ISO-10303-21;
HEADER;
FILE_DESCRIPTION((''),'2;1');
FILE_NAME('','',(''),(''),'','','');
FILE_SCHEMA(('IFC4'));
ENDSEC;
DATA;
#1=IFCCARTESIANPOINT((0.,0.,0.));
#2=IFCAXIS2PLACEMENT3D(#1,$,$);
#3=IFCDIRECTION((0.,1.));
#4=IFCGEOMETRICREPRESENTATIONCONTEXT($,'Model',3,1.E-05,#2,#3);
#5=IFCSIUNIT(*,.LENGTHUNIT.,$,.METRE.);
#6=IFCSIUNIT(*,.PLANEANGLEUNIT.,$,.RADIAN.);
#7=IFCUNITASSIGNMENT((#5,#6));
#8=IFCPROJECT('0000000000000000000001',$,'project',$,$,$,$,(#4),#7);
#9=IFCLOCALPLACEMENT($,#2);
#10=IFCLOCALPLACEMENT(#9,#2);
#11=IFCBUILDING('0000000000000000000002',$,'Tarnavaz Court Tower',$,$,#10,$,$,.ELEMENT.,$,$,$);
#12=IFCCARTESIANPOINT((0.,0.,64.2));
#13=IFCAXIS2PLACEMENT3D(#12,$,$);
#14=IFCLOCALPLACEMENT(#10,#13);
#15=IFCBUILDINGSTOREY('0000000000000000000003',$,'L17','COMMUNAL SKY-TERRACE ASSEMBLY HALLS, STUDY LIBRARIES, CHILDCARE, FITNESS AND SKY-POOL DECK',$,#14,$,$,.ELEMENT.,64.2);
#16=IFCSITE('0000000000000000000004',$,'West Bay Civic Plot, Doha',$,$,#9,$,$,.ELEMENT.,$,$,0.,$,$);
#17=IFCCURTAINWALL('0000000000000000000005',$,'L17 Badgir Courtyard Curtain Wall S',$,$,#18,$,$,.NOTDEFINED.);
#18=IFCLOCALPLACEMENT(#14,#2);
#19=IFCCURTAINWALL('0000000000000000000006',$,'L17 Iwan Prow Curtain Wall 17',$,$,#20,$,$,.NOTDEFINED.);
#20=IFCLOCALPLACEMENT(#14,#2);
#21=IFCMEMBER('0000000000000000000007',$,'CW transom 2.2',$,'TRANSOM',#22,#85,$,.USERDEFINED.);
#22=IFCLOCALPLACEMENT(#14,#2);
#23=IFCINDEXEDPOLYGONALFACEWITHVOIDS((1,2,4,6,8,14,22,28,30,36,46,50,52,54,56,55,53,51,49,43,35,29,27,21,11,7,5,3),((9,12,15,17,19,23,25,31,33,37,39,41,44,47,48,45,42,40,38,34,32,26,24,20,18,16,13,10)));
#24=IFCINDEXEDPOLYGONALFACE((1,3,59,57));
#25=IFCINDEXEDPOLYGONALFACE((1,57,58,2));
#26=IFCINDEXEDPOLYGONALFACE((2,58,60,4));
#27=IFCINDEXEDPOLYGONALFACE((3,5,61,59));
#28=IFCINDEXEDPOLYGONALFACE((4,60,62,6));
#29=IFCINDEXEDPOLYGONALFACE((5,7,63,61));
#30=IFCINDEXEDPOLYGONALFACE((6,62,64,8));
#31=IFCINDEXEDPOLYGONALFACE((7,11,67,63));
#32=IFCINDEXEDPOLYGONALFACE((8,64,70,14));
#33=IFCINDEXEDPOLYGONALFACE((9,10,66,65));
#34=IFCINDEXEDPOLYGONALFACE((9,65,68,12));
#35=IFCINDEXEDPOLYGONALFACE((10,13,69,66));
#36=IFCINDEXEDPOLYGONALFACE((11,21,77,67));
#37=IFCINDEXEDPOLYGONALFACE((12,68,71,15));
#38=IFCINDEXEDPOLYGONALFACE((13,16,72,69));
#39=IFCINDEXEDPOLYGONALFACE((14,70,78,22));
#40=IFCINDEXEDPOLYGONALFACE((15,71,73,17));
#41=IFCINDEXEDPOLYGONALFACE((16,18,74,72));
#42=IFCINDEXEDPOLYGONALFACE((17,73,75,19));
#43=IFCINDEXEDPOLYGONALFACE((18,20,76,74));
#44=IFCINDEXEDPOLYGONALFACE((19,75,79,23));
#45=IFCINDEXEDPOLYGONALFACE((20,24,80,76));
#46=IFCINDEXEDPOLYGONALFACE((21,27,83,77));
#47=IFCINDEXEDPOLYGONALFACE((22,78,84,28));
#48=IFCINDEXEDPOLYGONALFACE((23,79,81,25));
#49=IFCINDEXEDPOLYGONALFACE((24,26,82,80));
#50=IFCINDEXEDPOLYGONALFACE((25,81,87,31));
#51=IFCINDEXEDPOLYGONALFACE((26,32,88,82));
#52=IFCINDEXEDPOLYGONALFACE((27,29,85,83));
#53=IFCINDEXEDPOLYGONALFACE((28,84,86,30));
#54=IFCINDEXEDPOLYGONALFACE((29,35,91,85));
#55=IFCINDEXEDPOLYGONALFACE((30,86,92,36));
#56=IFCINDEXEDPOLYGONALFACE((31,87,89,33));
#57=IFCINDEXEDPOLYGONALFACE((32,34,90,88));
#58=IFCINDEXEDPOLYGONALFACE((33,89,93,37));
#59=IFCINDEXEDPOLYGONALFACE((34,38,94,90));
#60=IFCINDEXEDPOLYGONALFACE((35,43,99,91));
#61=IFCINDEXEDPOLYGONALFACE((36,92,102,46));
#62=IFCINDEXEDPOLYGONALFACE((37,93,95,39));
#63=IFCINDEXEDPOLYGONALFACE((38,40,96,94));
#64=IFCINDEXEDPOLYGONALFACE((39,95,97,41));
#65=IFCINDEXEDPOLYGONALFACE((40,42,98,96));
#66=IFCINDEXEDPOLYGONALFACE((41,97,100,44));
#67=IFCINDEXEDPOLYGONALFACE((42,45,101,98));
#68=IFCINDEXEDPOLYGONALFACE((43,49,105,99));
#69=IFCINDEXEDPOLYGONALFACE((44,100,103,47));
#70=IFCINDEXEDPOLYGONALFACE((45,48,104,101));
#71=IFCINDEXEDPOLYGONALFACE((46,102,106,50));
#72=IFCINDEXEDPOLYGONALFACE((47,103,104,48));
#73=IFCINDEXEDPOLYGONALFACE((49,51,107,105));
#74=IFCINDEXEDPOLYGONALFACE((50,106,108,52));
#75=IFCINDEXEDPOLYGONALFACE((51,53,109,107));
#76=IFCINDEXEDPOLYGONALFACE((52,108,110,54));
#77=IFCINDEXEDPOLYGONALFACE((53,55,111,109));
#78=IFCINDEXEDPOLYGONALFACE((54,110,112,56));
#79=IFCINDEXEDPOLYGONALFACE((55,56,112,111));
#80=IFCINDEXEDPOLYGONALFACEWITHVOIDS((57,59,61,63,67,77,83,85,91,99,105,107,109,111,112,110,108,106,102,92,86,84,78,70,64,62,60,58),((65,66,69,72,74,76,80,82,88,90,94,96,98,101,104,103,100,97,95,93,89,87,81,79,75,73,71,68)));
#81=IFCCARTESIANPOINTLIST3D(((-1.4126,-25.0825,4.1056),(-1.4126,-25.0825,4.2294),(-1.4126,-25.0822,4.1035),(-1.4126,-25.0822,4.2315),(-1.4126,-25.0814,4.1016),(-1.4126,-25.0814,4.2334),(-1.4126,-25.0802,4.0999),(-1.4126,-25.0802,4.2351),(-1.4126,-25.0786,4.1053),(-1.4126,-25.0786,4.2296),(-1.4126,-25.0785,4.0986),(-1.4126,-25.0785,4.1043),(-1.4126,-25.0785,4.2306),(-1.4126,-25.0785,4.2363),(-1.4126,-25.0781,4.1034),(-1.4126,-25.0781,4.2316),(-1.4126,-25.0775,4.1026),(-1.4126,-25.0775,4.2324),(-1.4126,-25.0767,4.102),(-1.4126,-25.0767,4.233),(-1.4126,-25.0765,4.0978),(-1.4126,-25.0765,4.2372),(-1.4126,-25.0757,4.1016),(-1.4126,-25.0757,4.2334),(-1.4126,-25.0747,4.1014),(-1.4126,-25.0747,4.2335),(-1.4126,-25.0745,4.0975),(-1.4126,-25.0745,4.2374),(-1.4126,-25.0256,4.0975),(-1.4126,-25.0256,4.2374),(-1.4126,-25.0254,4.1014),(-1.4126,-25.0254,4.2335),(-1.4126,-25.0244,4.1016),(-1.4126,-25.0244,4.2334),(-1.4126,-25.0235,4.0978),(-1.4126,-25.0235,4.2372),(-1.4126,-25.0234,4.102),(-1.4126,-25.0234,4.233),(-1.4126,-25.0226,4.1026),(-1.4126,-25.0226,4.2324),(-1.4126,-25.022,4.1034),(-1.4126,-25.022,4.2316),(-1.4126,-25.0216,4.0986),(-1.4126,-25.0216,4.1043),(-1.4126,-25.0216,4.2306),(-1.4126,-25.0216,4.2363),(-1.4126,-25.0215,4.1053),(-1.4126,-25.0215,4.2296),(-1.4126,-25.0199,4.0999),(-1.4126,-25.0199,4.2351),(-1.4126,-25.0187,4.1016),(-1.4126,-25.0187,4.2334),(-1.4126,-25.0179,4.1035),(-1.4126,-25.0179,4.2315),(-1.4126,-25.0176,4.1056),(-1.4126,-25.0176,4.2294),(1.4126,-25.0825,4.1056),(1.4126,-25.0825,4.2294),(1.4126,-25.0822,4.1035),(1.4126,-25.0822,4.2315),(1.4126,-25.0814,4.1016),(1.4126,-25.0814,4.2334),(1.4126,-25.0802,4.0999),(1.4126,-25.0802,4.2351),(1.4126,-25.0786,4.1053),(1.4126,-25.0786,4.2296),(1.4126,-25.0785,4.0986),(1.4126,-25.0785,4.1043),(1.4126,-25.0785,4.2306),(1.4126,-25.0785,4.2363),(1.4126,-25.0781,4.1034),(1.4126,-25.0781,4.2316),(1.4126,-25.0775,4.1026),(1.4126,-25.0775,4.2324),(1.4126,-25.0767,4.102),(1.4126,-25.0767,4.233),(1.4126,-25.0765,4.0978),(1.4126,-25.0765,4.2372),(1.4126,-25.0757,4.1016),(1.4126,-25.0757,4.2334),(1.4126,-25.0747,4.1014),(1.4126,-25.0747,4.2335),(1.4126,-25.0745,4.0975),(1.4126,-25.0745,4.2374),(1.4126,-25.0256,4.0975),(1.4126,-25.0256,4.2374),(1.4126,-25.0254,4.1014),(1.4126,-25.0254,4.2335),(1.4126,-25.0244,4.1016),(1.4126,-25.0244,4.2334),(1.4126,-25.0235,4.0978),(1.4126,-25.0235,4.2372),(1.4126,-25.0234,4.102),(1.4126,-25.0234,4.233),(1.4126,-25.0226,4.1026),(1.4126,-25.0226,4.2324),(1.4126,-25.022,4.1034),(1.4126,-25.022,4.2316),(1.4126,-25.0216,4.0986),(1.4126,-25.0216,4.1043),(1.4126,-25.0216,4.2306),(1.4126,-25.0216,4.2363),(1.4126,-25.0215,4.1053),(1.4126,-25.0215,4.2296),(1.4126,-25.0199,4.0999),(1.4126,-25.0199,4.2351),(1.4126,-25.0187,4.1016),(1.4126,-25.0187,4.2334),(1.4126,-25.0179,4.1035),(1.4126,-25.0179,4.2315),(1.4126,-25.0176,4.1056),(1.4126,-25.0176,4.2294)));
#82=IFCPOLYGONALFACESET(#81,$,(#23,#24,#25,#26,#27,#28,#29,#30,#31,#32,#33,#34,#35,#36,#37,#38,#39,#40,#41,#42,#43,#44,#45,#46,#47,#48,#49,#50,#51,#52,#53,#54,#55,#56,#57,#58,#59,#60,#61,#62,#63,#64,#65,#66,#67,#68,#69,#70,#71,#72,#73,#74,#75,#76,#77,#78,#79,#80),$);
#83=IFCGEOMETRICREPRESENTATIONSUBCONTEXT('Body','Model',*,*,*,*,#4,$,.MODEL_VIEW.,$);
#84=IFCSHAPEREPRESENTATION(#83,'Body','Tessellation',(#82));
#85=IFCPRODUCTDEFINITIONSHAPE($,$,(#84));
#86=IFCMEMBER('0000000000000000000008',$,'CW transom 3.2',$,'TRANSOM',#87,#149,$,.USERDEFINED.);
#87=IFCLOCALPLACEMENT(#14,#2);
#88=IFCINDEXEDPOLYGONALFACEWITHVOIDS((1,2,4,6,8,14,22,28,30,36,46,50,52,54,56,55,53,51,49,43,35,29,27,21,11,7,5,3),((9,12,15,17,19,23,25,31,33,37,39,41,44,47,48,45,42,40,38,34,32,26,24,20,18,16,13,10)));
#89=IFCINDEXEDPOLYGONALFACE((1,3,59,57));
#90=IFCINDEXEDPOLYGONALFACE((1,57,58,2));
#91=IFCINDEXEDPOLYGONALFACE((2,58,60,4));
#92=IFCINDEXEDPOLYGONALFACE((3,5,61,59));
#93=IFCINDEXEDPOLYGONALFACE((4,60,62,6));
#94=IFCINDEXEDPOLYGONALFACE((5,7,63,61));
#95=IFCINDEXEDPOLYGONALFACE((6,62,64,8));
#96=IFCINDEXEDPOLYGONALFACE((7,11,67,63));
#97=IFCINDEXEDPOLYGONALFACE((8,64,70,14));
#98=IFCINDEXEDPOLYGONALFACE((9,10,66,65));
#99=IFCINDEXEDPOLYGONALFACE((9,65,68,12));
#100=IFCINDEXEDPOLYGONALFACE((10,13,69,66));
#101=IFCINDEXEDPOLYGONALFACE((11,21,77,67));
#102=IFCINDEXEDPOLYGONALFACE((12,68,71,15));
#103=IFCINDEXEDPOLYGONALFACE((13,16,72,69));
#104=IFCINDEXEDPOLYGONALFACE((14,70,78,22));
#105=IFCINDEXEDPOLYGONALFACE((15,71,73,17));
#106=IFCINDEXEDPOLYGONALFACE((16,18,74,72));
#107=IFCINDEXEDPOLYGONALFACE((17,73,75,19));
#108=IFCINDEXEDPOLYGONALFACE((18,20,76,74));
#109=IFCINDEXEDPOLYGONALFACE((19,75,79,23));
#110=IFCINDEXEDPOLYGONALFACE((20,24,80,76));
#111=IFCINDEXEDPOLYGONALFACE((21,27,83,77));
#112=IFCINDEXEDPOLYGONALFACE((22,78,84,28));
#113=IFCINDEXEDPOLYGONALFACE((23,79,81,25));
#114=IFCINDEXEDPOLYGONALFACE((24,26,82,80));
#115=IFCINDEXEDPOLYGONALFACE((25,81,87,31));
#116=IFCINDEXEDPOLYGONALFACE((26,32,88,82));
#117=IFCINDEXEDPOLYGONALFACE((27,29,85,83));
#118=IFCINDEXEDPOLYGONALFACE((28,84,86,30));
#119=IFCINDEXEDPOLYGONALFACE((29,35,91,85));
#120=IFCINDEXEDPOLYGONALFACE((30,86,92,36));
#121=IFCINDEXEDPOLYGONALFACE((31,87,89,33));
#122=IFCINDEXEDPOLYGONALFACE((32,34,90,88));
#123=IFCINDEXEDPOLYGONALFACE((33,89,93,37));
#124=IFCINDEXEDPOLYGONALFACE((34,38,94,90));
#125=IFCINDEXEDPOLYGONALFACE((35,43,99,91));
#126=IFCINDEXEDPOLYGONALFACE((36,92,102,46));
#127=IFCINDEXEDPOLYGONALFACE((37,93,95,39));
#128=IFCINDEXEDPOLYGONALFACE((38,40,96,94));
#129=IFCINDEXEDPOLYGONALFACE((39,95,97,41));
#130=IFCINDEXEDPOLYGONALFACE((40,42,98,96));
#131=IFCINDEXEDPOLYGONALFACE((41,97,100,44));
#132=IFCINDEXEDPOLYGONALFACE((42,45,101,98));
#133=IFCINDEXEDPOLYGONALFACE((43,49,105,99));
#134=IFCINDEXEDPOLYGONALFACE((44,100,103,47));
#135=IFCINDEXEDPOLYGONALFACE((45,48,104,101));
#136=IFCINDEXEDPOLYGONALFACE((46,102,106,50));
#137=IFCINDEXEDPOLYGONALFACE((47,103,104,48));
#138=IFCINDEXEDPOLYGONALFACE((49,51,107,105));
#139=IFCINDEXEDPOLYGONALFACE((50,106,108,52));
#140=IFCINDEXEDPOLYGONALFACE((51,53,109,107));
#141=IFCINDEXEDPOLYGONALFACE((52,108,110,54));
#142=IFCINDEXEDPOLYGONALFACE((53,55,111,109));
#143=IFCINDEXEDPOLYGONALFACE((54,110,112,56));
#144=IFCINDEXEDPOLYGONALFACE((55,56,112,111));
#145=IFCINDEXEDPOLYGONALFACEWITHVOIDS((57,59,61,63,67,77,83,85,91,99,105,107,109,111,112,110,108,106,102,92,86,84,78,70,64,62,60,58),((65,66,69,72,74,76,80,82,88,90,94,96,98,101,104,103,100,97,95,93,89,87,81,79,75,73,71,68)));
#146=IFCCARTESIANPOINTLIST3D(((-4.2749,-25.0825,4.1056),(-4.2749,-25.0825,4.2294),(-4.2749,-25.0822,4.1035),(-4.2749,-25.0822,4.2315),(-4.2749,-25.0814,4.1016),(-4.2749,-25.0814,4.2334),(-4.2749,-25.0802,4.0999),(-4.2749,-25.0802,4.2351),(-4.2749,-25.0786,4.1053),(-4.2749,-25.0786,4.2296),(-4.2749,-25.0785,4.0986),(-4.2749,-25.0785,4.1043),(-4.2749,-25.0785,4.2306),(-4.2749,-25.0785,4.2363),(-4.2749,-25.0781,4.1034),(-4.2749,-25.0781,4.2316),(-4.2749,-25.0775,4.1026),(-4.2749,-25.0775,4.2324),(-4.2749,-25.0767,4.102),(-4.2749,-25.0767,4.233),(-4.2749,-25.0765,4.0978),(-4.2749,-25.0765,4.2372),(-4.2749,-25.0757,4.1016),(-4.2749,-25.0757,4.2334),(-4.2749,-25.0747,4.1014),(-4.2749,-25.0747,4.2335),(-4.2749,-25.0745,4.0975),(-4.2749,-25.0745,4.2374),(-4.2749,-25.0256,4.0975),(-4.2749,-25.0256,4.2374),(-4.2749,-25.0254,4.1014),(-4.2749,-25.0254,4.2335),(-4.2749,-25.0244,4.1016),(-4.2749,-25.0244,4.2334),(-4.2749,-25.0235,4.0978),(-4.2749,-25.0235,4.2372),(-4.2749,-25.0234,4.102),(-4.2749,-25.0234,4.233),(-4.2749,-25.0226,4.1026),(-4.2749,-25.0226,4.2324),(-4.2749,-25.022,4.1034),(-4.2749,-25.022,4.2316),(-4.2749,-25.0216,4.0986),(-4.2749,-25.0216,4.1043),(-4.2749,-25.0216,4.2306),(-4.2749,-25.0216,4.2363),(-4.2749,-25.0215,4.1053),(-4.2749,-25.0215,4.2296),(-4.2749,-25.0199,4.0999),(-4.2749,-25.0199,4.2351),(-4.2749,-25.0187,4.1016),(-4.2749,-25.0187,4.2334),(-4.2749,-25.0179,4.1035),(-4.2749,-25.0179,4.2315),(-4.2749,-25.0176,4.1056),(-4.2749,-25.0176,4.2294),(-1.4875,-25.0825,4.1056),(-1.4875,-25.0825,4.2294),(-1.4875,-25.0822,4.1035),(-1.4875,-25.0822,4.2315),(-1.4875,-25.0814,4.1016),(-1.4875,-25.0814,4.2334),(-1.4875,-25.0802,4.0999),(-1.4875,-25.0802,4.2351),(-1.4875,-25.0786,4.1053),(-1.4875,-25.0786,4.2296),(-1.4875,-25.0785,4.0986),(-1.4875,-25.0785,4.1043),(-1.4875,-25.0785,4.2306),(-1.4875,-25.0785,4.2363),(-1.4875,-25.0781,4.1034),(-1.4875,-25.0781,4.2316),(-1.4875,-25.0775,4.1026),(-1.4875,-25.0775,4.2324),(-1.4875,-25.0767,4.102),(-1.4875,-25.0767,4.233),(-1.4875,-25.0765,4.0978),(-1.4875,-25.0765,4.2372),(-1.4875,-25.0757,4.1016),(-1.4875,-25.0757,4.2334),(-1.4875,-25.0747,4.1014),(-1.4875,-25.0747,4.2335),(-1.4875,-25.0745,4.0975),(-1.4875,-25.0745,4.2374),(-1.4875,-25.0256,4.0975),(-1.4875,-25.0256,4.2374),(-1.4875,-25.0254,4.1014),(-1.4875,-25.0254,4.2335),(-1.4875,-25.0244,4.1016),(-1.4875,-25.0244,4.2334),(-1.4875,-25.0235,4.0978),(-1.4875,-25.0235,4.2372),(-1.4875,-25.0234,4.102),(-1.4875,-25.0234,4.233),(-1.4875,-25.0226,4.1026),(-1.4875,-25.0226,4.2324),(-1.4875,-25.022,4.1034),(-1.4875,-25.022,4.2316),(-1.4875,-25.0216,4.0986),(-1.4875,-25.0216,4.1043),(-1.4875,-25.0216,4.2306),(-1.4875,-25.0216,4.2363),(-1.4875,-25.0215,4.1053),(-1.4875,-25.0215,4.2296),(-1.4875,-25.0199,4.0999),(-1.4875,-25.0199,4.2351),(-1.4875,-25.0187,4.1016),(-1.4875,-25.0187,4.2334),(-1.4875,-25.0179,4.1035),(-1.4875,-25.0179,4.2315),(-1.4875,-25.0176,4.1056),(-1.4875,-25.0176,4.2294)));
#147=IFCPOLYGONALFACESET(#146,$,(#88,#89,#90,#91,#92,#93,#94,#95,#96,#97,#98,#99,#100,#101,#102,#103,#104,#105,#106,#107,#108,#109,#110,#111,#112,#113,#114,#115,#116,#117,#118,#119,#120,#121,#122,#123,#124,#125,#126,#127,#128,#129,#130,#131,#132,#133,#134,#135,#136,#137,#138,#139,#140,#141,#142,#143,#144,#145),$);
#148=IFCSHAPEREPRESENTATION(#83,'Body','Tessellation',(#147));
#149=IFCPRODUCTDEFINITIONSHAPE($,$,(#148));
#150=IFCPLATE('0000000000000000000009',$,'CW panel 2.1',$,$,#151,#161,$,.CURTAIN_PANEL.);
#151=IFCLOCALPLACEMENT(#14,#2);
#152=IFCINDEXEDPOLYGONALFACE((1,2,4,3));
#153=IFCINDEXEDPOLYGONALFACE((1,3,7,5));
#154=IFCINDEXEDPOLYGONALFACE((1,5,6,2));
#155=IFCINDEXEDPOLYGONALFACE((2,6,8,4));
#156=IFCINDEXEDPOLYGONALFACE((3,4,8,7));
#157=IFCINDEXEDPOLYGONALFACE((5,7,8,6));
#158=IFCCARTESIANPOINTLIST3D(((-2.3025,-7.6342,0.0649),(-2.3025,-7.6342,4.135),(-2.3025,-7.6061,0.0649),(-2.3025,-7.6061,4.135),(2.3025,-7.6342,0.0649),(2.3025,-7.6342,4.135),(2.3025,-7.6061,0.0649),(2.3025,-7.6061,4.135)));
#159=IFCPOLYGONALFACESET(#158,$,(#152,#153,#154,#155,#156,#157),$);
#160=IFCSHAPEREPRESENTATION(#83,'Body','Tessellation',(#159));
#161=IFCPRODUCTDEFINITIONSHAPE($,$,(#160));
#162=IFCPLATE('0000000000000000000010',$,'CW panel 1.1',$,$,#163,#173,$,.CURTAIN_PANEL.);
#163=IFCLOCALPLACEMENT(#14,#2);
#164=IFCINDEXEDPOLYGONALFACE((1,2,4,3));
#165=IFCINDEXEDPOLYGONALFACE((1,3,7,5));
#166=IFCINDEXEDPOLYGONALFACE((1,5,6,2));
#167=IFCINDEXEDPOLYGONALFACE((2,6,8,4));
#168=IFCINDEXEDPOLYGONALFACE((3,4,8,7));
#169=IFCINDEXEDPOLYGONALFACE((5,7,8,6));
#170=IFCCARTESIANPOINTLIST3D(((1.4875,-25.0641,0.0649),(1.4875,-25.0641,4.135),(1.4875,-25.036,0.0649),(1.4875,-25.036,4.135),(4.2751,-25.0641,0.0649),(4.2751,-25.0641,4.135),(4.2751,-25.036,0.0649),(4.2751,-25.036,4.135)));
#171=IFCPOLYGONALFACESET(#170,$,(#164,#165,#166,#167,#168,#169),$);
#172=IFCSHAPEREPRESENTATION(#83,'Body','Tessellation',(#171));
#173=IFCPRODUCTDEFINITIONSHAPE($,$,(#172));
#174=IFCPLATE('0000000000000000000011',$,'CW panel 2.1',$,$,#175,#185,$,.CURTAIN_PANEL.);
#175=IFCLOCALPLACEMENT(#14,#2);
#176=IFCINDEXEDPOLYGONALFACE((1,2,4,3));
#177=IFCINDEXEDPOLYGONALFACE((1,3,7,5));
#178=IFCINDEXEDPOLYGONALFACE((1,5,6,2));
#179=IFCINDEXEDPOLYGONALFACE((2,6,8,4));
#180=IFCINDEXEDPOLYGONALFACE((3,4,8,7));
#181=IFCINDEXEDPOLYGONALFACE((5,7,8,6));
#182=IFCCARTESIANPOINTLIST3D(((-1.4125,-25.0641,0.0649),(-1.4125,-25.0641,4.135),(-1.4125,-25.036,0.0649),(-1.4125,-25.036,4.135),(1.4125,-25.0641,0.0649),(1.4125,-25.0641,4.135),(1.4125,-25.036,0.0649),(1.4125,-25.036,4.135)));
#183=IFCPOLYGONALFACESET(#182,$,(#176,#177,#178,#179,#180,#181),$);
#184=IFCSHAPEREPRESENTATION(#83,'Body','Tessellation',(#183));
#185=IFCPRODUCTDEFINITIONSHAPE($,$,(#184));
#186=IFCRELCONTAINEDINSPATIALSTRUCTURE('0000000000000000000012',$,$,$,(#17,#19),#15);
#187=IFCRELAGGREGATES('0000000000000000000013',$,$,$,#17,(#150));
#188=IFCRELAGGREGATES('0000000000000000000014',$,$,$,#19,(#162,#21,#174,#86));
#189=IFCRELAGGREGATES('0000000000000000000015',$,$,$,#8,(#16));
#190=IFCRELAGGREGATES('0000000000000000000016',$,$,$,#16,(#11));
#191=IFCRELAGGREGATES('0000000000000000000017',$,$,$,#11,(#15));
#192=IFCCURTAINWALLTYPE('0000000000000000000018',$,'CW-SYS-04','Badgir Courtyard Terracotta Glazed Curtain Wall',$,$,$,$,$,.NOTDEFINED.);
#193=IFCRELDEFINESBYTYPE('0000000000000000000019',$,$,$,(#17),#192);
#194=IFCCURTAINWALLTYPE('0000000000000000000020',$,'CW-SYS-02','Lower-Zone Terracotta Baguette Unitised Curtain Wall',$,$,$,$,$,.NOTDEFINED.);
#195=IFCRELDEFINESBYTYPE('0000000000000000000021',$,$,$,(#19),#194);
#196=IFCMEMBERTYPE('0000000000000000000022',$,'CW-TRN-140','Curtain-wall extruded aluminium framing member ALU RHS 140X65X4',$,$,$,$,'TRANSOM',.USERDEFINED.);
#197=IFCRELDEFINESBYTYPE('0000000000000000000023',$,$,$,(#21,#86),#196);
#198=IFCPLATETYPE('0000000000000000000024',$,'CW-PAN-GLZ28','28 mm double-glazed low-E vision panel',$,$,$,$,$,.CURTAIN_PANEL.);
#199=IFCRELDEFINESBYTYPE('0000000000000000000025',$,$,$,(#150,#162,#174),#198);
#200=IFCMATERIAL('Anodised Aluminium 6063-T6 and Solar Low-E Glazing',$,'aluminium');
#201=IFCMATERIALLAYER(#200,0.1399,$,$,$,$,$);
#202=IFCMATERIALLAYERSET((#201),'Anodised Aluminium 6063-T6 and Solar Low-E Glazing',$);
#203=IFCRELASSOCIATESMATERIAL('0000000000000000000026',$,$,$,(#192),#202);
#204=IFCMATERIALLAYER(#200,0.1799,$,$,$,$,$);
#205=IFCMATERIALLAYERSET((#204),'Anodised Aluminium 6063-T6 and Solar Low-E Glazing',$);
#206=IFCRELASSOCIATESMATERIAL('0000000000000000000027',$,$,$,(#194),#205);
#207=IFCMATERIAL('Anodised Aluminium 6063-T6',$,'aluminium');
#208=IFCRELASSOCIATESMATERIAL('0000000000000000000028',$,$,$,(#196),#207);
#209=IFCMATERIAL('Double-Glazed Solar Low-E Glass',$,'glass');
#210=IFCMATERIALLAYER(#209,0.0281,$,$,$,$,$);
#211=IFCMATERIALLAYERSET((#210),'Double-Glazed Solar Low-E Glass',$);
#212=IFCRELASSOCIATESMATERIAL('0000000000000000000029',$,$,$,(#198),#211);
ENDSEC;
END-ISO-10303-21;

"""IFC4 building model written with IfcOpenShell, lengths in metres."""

from ifc_helpers import new_model, si_unit, direction, frame, origin, origin_2d, place, context, subcontext, project, spatial, rectangle, hollow_rectangle, extrude, material, layer, layer_set, material_profile, profile_set, type_object, element, aggregate, save


model = new_model("IFC4")

# Units and contexts
model_context = context("Model", 3, precision=1e-05, world=origin(), true_north=direction((0.0, 1.0)))
body_context = subcontext(model_context, "Body", "Model", "MODEL_VIEW")
ifc_project = project(units=[si_unit("LENGTHUNIT", "METRE"), si_unit("PLANEANGLEUNIT", "RADIAN")], contexts=[model_context])

# Site, building, storey
site_placement = place(None, origin())
site = spatial("IfcSite", under=ifc_project, at=site_placement, Name="West Bay Civic Plot, Doha", CompositionType="ELEMENT", RefElevation=0.0)
building_placement = place(site_placement, origin())
building = spatial("IfcBuilding", under=site, at=building_placement, Name="Tarnavaz Court Tower", CompositionType="ELEMENT")
storey_placement = place(building_placement, frame((0.0, 0.0, 64.2)))
storey = spatial("IfcBuildingStorey", under=building, at=storey_placement, Name="L17", Description="COMMUNAL SKY-TERRACE ASSEMBLY HALLS, STUDY LIBRARIES, CHILDCARE, FITNESS AND SKY-POOL DECK", CompositionType="ELEMENT", Elevation=64.2)

# Curtain wall
ifc_material_1 = material(Name="Anodised Aluminium 6063-T6 and Solar Low-E Glazing", Category="aluminium")
ifc_layer_1 = layer(ifc_material_1, 0.1399)
ifc_layer_set_1 = layer_set([ifc_layer_1], Name="Anodised Aluminium 6063-T6 and Solar Low-E Glazing")
curtain_wall_type_1 = type_object("IfcCurtainWallType", Name="CW-SYS-04", Description="Badgir Courtyard Terracotta Glazed Curtain Wall", PredefinedType="NOTDEFINED", material=ifc_layer_set_1)
curtain_wall_1_placement = place(storey_placement, origin())
curtain_wall_1 = element("IfcCurtainWall", 1, at=curtain_wall_1_placement, inside=storey, type_object=curtain_wall_type_1, Name="L17 Badgir Courtyard Curtain Wall S", PredefinedType="NOTDEFINED")
ifc_material_2 = material(Name="Anodised Aluminium 6063-T6", Category="aluminium")

# Curtain wall
ifc_layer_2 = layer(ifc_material_1, 0.1799)
ifc_layer_set_2 = layer_set([ifc_layer_2], Name="Anodised Aluminium 6063-T6 and Solar Low-E Glazing")
curtain_wall_type_2 = type_object("IfcCurtainWallType", Name="CW-SYS-02", Description="Lower-Zone Terracotta Baguette Unitised Curtain Wall", PredefinedType="NOTDEFINED", material=ifc_layer_set_2)
curtain_wall_2_placement = place(storey_placement, origin())
curtain_wall_2 = element("IfcCurtainWall", 2, at=curtain_wall_2_placement, inside=storey, type_object=curtain_wall_type_2, Name="L17 Iwan Prow Curtain Wall 17", PredefinedType="NOTDEFINED")

# Members
ifc_material_profile_1 = material_profile(ifc_material_2, hollow_rectangle(XDim=0.0649, YDim=0.1399, WallThickness=0.0039, InnerFilletRadius=0.0039, OuterFilletRadius=0.0081, at=origin_2d()), Name="ALU RHS 140X65X4")
ifc_profile_set_1 = profile_set([ifc_material_profile_1], Name="Anodised Aluminium 6063-T6")
member_type_1 = type_object("IfcMemberType", Name="CW-TRN-140", Description="Curtain-wall extruded aluminium framing member ALU RHS 140X65X4", ElementType="TRANSOM", PredefinedType="USERDEFINED", material=ifc_profile_set_1)
member_1_placement = place(storey_placement, frame((1.4126, -25.05, 4.1675), z_axis=(-1.0, 0.0, 0.0), x_axis=(0.0, -1.0, 0.0)))
member_1 = element("IfcMember", 3, at=member_1_placement, type_object=member_type_1, Name="CW transom 2.2", ObjectType="TRANSOM", PredefinedType="USERDEFINED", context=body_context, shape_type="SweptSolid", body=[
    extrude(hollow_rectangle(XDim=0.0649, YDim=0.1399, WallThickness=0.0039, InnerFilletRadius=0.0039, OuterFilletRadius=0.0081, at=origin_2d()), origin(), (0.0, 0.0, 1.0), 2.8252),
])
member_2_placement = place(storey_placement, frame((-1.4875, -25.05, 4.1675), z_axis=(-1.0, 0.0, 0.0), x_axis=(0.0, -1.0, 0.0)))
member_2 = element("IfcMember", 4, at=member_2_placement, type_object=member_type_1, Name="CW transom 3.2", ObjectType="TRANSOM", PredefinedType="USERDEFINED", context=body_context, shape_type="SweptSolid", body=[
    extrude(hollow_rectangle(XDim=0.0649, YDim=0.1399, WallThickness=0.0039, InnerFilletRadius=0.0039, OuterFilletRadius=0.0081, at=origin_2d()), origin(), (0.0, 0.0, 1.0), 2.7874),
])

# Plates
ifc_material_3 = material(Name="Double-Glazed Solar Low-E Glass", Category="glass")
ifc_layer_3 = layer(ifc_material_3, 0.0281)
ifc_layer_set_3 = layer_set([ifc_layer_3], Name="Double-Glazed Solar Low-E Glass")
plate_type = type_object("IfcPlateType", Name="CW-PAN-GLZ28", Description="28 mm double-glazed low-E vision panel", PredefinedType="CURTAIN_PANEL", material=ifc_layer_set_3)
plate_1_placement = place(storey_placement, frame((0.0, -7.6201, 0.0649), z_axis=(0.0, 0.0, 1.0), x_axis=(1.0, 0.0, 0.0)))
plate_1 = element("IfcPlate", 5, at=plate_1_placement, type_object=plate_type, Name="CW panel 2.1", PredefinedType="CURTAIN_PANEL", context=body_context, shape_type="SweptSolid", body=[
    extrude(rectangle(XDim=4.605, YDim=0.0281, at=origin_2d()), origin(), (0.0, 0.0, 1.0), 4.0701),
])
aggregate(curtain_wall_1, [plate_1])
plate_2_placement = place(storey_placement, frame((2.8813, -25.05, 0.0649), z_axis=(0.0, 0.0, 1.0), x_axis=(-1.0, 0.0, 0.0)))
plate_2 = element("IfcPlate", 6, at=plate_2_placement, type_object=plate_type, Name="CW panel 1.1", PredefinedType="CURTAIN_PANEL", context=body_context, shape_type="SweptSolid", body=[
    extrude(rectangle(XDim=2.7876, YDim=0.0281, at=origin_2d()), origin(), (0.0, 0.0, 1.0), 4.0701),
])
plate_3_placement = place(storey_placement, frame((0.0, -25.05, 0.0649), z_axis=(0.0, 0.0, 1.0), x_axis=(-1.0, 0.0, 0.0)))
plate_3 = element("IfcPlate", 7, at=plate_3_placement, type_object=plate_type, Name="CW panel 2.1", PredefinedType="CURTAIN_PANEL", context=body_context, shape_type="SweptSolid", body=[
    extrude(rectangle(XDim=2.825, YDim=0.0281, at=origin_2d()), origin(), (0.0, 0.0, 1.0), 4.0701),
])
aggregate(curtain_wall_2, [plate_2, member_1, plate_3, member_2])

save(model, "model.ifc")
